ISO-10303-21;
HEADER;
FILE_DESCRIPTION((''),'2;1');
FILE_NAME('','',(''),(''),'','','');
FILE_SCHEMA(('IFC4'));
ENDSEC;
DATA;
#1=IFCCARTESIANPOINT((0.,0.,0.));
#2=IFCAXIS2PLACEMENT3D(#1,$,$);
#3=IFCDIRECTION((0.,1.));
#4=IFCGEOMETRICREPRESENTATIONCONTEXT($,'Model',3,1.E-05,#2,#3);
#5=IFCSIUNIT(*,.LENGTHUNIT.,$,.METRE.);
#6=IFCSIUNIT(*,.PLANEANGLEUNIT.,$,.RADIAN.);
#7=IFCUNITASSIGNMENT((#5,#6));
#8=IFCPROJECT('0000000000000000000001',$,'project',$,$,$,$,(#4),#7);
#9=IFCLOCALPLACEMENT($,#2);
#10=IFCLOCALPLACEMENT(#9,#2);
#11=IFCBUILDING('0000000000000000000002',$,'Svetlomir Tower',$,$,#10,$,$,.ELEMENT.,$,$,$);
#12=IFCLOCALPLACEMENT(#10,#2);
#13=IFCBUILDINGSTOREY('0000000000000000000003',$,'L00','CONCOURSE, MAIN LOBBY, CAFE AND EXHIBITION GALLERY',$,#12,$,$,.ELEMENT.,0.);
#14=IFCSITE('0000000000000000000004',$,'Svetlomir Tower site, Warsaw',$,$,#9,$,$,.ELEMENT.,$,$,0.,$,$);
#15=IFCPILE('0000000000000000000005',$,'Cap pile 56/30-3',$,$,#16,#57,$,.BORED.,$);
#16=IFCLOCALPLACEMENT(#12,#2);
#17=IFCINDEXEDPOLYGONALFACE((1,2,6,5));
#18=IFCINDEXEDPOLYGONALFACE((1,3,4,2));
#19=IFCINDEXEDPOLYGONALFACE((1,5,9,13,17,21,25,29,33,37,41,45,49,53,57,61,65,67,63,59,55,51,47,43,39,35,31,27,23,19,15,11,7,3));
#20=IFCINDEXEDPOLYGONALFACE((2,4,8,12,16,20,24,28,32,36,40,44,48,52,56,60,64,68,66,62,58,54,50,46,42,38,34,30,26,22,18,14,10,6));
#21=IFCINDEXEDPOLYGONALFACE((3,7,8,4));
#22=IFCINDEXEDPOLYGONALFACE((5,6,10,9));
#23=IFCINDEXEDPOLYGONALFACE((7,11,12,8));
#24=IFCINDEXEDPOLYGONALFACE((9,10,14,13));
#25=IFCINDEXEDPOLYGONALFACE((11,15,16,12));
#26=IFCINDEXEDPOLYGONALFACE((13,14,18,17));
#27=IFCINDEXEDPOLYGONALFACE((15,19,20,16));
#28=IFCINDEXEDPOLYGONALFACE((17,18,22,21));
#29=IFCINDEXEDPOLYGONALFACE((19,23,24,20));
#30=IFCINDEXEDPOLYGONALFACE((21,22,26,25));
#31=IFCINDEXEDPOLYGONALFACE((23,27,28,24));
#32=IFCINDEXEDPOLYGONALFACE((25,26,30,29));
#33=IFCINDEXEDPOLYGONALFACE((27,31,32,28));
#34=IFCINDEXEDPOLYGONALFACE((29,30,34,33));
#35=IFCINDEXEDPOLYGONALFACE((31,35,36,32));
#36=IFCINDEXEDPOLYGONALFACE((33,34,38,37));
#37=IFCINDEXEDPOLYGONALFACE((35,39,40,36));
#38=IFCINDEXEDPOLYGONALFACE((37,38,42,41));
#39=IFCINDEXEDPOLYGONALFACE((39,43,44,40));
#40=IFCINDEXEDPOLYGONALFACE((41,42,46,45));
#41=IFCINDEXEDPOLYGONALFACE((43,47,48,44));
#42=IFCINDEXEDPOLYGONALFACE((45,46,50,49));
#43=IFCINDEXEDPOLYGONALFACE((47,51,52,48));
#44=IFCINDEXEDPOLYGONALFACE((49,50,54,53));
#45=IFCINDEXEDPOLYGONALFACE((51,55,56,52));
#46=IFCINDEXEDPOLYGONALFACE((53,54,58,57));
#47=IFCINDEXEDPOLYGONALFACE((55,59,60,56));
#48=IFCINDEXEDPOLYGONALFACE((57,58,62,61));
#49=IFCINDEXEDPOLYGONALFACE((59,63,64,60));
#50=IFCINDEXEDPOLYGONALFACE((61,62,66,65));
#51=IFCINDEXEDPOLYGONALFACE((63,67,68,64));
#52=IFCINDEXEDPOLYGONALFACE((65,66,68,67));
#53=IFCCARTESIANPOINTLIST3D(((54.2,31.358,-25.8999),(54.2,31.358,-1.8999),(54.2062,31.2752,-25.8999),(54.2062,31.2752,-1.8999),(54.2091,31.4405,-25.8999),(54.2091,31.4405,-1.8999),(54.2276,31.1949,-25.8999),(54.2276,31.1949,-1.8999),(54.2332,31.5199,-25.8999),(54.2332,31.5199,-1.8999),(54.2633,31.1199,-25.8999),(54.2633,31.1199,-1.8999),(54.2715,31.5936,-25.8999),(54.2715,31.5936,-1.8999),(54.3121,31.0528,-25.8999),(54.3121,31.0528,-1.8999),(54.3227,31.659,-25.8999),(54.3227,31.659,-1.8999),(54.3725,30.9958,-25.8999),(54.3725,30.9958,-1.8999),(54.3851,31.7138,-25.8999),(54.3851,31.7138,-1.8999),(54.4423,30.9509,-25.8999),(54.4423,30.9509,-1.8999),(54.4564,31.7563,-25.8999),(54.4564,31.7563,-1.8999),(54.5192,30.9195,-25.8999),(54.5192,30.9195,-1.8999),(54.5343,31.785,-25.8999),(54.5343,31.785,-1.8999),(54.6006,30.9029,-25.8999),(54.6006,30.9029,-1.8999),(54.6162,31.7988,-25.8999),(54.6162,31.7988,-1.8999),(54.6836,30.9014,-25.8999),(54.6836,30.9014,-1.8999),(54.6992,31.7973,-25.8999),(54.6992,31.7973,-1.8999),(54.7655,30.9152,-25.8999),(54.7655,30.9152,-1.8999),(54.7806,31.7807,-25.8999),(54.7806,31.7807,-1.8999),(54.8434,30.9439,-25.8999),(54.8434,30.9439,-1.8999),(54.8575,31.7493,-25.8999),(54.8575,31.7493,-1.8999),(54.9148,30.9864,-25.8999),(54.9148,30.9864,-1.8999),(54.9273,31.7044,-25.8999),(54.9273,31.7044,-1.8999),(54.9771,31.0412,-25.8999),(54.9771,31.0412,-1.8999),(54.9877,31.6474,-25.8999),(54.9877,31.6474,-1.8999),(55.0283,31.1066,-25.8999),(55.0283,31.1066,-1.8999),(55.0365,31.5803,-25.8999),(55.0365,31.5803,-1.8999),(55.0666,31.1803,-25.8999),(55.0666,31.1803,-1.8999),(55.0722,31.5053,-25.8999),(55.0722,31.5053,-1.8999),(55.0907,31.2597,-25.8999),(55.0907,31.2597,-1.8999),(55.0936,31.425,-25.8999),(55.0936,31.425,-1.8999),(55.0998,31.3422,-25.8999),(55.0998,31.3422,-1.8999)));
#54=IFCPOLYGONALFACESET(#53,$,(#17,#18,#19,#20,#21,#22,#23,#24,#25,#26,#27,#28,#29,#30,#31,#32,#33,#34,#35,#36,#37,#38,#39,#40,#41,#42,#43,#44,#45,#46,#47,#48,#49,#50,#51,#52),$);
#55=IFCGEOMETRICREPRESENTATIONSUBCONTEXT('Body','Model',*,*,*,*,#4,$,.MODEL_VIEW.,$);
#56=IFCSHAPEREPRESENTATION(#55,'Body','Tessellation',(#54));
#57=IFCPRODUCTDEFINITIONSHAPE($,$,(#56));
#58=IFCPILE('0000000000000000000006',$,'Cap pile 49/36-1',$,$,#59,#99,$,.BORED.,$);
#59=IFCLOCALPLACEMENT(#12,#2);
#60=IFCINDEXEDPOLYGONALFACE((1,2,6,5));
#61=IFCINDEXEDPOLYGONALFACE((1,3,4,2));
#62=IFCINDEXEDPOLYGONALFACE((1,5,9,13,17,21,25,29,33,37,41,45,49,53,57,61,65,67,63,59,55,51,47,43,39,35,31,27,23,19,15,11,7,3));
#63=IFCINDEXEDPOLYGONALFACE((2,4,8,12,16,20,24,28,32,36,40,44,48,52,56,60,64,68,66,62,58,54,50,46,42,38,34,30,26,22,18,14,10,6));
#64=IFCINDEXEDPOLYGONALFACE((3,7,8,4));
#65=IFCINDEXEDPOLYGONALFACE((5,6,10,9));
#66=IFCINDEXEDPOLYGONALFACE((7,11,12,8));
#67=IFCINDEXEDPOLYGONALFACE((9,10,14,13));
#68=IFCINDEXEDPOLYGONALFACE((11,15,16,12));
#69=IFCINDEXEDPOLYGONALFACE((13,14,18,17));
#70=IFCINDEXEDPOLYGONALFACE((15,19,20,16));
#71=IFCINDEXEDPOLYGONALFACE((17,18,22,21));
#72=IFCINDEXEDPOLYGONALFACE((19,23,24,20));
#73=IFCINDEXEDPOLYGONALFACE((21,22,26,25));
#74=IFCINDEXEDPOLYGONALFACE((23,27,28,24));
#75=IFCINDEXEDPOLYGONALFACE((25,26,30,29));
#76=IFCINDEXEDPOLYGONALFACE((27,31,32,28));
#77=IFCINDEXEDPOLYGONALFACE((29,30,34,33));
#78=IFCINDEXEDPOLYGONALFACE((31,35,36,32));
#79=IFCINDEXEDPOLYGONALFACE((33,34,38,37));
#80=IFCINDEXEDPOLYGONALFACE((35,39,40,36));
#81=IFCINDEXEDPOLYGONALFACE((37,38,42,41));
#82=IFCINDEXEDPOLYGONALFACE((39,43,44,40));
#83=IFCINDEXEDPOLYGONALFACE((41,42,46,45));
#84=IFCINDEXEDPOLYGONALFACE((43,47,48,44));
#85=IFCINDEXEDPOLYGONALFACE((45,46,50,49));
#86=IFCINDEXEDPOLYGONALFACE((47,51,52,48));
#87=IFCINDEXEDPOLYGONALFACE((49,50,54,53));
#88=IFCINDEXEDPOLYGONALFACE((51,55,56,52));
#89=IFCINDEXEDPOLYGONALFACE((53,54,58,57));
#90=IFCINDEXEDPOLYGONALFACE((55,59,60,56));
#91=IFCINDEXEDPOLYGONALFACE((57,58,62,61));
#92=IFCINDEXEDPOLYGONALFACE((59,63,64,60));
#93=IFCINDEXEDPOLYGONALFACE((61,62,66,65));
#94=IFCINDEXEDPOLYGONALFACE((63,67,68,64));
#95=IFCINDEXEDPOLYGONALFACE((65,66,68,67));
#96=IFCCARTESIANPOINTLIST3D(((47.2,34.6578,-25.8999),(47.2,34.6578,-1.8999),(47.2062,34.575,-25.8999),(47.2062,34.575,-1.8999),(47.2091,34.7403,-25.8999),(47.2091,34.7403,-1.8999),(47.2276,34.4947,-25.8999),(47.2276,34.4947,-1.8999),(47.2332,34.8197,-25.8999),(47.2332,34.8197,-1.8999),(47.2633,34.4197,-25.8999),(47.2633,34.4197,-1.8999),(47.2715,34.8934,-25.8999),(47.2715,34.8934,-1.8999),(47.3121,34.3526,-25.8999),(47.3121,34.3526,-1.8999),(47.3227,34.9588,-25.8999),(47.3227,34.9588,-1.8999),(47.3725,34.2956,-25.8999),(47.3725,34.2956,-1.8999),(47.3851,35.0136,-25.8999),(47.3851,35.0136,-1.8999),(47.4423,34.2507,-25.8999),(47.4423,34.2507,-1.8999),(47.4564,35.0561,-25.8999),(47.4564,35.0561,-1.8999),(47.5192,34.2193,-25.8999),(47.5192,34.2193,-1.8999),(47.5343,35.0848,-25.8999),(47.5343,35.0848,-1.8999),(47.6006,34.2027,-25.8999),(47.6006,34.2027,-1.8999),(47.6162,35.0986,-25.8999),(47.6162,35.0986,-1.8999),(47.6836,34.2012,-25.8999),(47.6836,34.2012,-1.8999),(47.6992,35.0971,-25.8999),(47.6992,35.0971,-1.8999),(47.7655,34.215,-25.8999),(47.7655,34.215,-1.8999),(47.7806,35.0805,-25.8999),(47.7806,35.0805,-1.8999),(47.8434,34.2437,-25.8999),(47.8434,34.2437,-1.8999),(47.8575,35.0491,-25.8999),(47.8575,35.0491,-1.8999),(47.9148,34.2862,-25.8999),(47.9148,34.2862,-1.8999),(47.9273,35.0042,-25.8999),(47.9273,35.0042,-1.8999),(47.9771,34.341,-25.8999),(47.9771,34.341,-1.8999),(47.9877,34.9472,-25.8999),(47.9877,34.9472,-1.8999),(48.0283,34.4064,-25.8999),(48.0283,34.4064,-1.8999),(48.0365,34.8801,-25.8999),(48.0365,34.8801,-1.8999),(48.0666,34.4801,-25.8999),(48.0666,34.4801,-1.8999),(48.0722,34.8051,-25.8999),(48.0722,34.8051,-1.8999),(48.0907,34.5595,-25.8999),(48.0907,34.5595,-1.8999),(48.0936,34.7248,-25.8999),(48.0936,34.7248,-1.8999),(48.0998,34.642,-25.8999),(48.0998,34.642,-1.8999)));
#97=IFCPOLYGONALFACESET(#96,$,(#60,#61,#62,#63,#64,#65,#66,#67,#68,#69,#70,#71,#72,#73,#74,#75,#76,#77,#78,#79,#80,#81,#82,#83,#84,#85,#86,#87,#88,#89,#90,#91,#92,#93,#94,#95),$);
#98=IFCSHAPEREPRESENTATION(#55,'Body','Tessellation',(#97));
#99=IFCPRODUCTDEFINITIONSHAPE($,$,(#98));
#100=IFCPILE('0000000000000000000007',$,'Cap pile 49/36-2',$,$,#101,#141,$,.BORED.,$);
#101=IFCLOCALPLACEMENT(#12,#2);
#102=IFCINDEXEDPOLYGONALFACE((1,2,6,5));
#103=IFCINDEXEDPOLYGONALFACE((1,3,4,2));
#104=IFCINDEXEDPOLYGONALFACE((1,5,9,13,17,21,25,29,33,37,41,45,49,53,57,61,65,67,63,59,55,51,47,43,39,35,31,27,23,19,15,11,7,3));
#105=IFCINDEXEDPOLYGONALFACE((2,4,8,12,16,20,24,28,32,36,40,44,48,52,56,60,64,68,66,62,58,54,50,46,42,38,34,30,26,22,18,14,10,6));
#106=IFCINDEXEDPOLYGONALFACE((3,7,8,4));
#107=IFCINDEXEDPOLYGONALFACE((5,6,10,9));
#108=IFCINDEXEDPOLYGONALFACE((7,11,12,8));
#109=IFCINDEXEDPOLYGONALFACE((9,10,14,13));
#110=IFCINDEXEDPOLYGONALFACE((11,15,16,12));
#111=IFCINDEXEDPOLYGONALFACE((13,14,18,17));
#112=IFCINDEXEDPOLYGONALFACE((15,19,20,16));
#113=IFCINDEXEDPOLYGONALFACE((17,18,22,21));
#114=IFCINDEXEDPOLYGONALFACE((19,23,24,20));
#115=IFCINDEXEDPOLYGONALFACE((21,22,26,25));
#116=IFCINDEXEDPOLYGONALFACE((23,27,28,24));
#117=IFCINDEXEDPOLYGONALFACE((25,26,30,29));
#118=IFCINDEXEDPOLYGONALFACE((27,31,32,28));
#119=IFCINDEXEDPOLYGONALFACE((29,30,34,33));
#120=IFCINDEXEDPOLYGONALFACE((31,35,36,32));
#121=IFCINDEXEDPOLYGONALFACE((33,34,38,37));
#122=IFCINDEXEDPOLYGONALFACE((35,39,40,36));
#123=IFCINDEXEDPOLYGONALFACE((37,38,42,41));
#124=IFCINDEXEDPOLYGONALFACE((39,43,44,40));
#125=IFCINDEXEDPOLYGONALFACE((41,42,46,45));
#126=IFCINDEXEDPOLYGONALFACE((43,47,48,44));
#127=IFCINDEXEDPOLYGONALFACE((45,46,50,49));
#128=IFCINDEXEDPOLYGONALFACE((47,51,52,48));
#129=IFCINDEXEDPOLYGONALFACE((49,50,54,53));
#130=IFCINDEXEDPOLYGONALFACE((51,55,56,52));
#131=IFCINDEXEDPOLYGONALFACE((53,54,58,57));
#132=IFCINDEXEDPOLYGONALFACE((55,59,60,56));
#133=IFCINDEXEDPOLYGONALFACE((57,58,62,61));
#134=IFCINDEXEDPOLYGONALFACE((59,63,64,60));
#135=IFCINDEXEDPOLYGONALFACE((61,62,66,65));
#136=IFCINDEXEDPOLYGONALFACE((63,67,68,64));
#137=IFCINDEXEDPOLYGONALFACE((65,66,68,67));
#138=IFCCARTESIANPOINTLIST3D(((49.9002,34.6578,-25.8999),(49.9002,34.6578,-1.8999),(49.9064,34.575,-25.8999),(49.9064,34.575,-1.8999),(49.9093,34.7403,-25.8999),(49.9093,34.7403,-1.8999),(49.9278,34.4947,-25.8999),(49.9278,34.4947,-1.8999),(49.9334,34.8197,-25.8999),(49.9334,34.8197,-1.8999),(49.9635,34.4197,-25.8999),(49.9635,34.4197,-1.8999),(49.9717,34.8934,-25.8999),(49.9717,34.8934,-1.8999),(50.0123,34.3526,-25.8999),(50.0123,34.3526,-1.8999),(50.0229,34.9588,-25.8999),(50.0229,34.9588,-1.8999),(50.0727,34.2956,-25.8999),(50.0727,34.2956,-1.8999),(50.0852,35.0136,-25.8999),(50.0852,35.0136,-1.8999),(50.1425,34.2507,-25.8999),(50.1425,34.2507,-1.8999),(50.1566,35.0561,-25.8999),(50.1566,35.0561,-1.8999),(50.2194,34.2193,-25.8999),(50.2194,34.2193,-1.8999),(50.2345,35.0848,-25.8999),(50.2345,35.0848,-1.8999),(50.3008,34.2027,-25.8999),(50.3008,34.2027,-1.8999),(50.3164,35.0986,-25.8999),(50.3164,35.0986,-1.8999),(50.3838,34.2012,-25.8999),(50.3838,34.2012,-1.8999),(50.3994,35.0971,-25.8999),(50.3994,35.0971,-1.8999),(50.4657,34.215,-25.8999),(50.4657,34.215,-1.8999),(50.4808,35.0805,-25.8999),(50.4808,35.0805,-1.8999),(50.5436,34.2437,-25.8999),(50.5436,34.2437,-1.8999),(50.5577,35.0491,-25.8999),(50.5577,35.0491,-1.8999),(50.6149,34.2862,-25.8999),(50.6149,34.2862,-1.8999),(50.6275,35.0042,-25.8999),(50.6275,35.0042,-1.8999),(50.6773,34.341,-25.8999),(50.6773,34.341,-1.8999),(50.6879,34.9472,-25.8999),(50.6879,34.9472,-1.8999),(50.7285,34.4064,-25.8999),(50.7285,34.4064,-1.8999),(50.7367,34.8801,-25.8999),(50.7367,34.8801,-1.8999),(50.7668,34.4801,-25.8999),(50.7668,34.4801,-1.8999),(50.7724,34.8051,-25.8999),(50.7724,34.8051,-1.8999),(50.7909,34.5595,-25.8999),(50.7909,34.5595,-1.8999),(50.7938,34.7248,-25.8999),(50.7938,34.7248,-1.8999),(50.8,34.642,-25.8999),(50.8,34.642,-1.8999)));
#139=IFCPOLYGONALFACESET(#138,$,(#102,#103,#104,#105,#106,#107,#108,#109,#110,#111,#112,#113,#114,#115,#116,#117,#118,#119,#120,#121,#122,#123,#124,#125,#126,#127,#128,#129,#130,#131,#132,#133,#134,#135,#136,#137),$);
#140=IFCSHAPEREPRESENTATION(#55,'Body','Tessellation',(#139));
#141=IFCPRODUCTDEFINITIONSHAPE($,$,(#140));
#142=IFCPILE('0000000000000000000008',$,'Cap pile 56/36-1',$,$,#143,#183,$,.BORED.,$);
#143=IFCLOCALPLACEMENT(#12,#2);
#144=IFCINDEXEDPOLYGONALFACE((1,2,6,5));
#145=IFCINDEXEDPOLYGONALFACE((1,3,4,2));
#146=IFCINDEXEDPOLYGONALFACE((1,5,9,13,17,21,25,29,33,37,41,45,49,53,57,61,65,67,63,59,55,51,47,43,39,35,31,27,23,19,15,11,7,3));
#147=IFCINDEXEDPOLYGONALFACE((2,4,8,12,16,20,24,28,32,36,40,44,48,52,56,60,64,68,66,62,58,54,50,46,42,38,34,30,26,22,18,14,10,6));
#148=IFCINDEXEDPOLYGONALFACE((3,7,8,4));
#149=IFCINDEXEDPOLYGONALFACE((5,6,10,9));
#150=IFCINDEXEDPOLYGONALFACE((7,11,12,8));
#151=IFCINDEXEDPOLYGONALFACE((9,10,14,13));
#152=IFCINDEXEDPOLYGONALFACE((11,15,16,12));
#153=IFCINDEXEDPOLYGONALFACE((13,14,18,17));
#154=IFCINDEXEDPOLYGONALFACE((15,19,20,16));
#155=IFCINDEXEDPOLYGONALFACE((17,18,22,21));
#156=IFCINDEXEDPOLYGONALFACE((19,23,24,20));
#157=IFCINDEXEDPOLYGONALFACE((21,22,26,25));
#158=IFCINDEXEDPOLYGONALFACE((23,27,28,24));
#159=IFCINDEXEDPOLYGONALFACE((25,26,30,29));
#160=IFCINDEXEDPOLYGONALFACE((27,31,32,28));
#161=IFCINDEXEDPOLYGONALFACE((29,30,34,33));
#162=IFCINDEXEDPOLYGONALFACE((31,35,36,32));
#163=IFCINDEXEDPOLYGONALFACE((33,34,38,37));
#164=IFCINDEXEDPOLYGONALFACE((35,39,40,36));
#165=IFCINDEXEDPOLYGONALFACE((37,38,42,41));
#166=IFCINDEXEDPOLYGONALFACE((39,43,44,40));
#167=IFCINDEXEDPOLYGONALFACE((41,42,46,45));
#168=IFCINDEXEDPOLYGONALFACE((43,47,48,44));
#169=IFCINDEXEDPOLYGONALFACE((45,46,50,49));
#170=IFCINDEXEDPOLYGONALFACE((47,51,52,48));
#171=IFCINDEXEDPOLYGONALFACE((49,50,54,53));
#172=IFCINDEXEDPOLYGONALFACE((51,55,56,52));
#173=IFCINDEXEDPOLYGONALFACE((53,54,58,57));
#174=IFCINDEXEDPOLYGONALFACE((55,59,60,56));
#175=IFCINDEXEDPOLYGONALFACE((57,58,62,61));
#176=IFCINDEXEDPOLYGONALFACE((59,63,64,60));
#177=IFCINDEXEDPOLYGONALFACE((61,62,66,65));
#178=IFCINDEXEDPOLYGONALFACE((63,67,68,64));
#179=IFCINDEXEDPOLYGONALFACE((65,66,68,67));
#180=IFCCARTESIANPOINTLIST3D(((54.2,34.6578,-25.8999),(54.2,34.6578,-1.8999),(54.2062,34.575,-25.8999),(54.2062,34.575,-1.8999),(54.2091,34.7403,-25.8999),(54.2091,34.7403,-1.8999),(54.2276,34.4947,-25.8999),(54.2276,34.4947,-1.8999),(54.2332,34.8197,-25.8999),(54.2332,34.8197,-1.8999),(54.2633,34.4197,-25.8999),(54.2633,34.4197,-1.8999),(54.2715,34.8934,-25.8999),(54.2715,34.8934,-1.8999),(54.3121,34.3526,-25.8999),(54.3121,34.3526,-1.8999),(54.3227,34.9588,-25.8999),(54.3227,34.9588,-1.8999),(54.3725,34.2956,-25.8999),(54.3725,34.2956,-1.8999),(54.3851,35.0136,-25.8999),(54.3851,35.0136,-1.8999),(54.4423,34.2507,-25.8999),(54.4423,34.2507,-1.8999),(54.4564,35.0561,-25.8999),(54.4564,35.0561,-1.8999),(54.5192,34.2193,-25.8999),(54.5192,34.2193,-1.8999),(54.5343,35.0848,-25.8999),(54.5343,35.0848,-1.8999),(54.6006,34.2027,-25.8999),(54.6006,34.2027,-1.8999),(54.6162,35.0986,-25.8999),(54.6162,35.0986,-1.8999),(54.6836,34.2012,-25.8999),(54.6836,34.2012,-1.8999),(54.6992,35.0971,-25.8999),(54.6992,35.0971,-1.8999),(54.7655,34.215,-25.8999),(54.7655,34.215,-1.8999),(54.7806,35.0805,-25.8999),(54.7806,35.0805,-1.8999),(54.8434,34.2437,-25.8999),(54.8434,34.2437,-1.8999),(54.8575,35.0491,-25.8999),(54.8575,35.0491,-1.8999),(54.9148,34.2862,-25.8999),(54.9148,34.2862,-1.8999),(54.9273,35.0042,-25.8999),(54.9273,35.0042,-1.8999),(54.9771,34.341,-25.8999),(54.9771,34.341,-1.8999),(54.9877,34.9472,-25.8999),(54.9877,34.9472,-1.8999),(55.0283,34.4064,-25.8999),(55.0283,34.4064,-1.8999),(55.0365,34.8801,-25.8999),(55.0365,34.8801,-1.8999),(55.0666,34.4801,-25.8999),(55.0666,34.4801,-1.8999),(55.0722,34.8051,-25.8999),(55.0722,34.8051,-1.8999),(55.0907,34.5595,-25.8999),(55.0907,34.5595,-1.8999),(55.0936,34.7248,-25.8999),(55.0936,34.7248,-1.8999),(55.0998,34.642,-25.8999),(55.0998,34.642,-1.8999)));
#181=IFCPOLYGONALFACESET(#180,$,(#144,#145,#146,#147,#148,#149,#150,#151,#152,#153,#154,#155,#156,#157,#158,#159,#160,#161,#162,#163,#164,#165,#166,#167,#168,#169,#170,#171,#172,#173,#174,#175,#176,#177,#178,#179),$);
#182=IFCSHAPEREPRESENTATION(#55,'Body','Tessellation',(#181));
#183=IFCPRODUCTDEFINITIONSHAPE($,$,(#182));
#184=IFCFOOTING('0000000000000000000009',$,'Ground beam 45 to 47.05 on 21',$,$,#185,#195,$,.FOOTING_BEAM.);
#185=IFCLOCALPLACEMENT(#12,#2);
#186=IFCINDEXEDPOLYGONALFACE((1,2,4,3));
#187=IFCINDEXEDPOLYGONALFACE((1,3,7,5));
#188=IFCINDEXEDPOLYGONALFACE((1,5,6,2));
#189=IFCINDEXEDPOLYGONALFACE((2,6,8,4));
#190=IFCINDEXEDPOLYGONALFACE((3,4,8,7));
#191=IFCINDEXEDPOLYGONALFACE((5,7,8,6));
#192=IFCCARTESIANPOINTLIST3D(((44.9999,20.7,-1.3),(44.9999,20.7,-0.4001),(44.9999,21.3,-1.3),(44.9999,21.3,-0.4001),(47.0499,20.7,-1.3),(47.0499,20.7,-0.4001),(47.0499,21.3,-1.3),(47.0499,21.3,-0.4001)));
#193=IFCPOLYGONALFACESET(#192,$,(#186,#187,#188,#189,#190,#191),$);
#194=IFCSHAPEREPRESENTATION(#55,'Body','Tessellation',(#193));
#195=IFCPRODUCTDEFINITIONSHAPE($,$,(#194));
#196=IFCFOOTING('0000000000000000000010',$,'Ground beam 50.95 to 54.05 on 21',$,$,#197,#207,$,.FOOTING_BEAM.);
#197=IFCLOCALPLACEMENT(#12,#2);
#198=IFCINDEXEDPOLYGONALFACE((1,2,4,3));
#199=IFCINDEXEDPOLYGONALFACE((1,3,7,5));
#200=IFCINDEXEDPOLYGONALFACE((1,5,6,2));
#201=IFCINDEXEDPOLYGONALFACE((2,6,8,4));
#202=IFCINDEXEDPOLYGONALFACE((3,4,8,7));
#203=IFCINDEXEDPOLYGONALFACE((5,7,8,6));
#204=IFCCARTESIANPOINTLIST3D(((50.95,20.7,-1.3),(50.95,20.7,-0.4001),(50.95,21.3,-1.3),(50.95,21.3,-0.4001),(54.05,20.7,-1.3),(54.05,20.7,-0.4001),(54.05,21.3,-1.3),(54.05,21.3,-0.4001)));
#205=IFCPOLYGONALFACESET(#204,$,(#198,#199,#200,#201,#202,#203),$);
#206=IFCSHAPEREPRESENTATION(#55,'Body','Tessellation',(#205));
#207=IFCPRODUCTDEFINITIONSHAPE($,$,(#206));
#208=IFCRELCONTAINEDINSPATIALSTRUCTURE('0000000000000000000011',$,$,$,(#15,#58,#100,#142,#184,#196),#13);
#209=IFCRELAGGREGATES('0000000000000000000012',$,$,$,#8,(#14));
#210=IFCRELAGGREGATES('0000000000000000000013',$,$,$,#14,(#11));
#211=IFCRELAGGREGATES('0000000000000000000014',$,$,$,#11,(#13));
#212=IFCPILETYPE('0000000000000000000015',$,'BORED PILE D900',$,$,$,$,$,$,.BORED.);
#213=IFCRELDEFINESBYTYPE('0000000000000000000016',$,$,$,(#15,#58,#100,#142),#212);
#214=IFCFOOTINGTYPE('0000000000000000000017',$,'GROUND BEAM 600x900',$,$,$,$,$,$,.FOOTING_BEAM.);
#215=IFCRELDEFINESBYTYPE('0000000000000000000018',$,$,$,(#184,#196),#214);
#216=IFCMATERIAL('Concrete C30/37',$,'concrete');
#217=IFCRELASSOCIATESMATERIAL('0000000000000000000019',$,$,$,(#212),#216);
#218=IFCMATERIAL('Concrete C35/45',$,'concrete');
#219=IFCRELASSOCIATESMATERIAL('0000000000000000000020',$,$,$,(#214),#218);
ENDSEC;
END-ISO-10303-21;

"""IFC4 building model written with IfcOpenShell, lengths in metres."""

from ifc_helpers import new_model, si_unit, direction, frame, frame_2d, origin, origin_2d, place, context, subcontext, project, spatial, rectangle, circle, extrude, material, material_profile, profile_set, type_object, element, save


model = new_model("IFC4")

# Units and contexts
model_context = context("Model", 3, precision=1e-05, world=origin(), true_north=direction((0.0, 1.0)))
body_context = subcontext(model_context, "Body", "Model", "MODEL_VIEW")
ifc_project = project(units=[si_unit("LENGTHUNIT", "METRE"), si_unit("PLANEANGLEUNIT", "RADIAN")], contexts=[model_context])

# Site, building, storey
site_placement = place(None, origin())
site = spatial("IfcSite", under=ifc_project, at=site_placement, Name="Svetlomir Tower site, Warsaw", CompositionType="ELEMENT", RefElevation=0.0)
building_placement = place(site_placement, origin())
building = spatial("IfcBuilding", under=site, at=building_placement, Name="Svetlomir Tower", CompositionType="ELEMENT")
storey_placement = place(building_placement, origin())
storey = spatial("IfcBuildingStorey", under=building, at=storey_placement, Name="L00", Description="CONCOURSE, MAIN LOBBY, CAFE AND EXHIBITION GALLERY", CompositionType="ELEMENT", Elevation=0.0)

# Piles
ifc_material_1 = material(Name="Concrete C30/37", Category="concrete")
ifc_material_profile_1 = material_profile(ifc_material_1, circle(Radius=0.45, at=origin_2d()), Name="RC D900")
ifc_profile_set_1 = profile_set([ifc_material_profile_1], Name="Concrete C30/37")
pile_type = type_object("IfcPileType", Name="BORED PILE D900", PredefinedType="BORED", material=ifc_profile_set_1)
for number, where, z_axis, x_axis, name in (
    (1, (54.6499, 31.3501, -1.8999), (0.0, 0.0, -1.0), (1.0, 0.0, 0.0), "Cap pile 56/30-3"),
    (2, (47.6499, 34.6499, -1.8999), (0.0, 0.0, -1.0), (1.0, 0.0, 0.0), "Cap pile 49/36-1"),
    (3, (50.3501, 34.6499, -1.8999), (0.0, 0.0, -1.0), (1.0, 0.0, 0.0), "Cap pile 49/36-2"),
    (4, (54.6499, 34.6499, -1.8999), (0.0, 0.0, -1.0), (1.0, 0.0, 0.0), "Cap pile 56/36-1"),
):
    element("IfcPile", number, at=place(storey_placement, frame(where, z_axis=z_axis, x_axis=x_axis)), inside=storey, type_object=pile_type, Name=name, PredefinedType="BORED", context=body_context, shape_type="SweptSolid", body=[
        extrude(circle(Radius=0.45, at=frame_2d((0.0, 0.0), x_axis=(0.999848, 0.017452))), origin(), (0.0, 0.0, 1.0), 24.0),
    ])

# Footings
ifc_material_2 = material(Name="Concrete C35/45", Category="concrete")
footing_type_1 = type_object("IfcFootingType", Name="GROUND BEAM 600x900", PredefinedType="FOOTING_BEAM", material=ifc_material_2)
footing_1_placement = place(storey_placement, frame((46.0249, 21.0, -1.3), z_axis=(0.0, 0.0, 1.0), x_axis=(1.0, 0.0, 0.0)))
element("IfcFooting", 5, at=footing_1_placement, inside=storey, type_object=footing_type_1, Name="Ground beam 45 to 47.05 on 21", PredefinedType="FOOTING_BEAM", context=body_context, shape_type="SweptSolid", body=[
    extrude(rectangle(XDim=2.05, YDim=0.6001, at=origin_2d()), origin(), (0.0, 0.0, 1.0), 0.8999),
])
footing_2_placement = place(storey_placement, frame((52.5, 21.0, -1.3), z_axis=(0.0, 0.0, 1.0), x_axis=(1.0, 0.0, 0.0)))
element("IfcFooting", 6, at=footing_2_placement, inside=storey, type_object=footing_type_1, Name="Ground beam 50.95 to 54.05 on 21", PredefinedType="FOOTING_BEAM", context=body_context, shape_type="SweptSolid", body=[
    extrude(rectangle(XDim=3.1001, YDim=0.6001, at=origin_2d()), origin(), (0.0, 0.0, 1.0), 0.8999),
])

save(model, "model.ifc")
